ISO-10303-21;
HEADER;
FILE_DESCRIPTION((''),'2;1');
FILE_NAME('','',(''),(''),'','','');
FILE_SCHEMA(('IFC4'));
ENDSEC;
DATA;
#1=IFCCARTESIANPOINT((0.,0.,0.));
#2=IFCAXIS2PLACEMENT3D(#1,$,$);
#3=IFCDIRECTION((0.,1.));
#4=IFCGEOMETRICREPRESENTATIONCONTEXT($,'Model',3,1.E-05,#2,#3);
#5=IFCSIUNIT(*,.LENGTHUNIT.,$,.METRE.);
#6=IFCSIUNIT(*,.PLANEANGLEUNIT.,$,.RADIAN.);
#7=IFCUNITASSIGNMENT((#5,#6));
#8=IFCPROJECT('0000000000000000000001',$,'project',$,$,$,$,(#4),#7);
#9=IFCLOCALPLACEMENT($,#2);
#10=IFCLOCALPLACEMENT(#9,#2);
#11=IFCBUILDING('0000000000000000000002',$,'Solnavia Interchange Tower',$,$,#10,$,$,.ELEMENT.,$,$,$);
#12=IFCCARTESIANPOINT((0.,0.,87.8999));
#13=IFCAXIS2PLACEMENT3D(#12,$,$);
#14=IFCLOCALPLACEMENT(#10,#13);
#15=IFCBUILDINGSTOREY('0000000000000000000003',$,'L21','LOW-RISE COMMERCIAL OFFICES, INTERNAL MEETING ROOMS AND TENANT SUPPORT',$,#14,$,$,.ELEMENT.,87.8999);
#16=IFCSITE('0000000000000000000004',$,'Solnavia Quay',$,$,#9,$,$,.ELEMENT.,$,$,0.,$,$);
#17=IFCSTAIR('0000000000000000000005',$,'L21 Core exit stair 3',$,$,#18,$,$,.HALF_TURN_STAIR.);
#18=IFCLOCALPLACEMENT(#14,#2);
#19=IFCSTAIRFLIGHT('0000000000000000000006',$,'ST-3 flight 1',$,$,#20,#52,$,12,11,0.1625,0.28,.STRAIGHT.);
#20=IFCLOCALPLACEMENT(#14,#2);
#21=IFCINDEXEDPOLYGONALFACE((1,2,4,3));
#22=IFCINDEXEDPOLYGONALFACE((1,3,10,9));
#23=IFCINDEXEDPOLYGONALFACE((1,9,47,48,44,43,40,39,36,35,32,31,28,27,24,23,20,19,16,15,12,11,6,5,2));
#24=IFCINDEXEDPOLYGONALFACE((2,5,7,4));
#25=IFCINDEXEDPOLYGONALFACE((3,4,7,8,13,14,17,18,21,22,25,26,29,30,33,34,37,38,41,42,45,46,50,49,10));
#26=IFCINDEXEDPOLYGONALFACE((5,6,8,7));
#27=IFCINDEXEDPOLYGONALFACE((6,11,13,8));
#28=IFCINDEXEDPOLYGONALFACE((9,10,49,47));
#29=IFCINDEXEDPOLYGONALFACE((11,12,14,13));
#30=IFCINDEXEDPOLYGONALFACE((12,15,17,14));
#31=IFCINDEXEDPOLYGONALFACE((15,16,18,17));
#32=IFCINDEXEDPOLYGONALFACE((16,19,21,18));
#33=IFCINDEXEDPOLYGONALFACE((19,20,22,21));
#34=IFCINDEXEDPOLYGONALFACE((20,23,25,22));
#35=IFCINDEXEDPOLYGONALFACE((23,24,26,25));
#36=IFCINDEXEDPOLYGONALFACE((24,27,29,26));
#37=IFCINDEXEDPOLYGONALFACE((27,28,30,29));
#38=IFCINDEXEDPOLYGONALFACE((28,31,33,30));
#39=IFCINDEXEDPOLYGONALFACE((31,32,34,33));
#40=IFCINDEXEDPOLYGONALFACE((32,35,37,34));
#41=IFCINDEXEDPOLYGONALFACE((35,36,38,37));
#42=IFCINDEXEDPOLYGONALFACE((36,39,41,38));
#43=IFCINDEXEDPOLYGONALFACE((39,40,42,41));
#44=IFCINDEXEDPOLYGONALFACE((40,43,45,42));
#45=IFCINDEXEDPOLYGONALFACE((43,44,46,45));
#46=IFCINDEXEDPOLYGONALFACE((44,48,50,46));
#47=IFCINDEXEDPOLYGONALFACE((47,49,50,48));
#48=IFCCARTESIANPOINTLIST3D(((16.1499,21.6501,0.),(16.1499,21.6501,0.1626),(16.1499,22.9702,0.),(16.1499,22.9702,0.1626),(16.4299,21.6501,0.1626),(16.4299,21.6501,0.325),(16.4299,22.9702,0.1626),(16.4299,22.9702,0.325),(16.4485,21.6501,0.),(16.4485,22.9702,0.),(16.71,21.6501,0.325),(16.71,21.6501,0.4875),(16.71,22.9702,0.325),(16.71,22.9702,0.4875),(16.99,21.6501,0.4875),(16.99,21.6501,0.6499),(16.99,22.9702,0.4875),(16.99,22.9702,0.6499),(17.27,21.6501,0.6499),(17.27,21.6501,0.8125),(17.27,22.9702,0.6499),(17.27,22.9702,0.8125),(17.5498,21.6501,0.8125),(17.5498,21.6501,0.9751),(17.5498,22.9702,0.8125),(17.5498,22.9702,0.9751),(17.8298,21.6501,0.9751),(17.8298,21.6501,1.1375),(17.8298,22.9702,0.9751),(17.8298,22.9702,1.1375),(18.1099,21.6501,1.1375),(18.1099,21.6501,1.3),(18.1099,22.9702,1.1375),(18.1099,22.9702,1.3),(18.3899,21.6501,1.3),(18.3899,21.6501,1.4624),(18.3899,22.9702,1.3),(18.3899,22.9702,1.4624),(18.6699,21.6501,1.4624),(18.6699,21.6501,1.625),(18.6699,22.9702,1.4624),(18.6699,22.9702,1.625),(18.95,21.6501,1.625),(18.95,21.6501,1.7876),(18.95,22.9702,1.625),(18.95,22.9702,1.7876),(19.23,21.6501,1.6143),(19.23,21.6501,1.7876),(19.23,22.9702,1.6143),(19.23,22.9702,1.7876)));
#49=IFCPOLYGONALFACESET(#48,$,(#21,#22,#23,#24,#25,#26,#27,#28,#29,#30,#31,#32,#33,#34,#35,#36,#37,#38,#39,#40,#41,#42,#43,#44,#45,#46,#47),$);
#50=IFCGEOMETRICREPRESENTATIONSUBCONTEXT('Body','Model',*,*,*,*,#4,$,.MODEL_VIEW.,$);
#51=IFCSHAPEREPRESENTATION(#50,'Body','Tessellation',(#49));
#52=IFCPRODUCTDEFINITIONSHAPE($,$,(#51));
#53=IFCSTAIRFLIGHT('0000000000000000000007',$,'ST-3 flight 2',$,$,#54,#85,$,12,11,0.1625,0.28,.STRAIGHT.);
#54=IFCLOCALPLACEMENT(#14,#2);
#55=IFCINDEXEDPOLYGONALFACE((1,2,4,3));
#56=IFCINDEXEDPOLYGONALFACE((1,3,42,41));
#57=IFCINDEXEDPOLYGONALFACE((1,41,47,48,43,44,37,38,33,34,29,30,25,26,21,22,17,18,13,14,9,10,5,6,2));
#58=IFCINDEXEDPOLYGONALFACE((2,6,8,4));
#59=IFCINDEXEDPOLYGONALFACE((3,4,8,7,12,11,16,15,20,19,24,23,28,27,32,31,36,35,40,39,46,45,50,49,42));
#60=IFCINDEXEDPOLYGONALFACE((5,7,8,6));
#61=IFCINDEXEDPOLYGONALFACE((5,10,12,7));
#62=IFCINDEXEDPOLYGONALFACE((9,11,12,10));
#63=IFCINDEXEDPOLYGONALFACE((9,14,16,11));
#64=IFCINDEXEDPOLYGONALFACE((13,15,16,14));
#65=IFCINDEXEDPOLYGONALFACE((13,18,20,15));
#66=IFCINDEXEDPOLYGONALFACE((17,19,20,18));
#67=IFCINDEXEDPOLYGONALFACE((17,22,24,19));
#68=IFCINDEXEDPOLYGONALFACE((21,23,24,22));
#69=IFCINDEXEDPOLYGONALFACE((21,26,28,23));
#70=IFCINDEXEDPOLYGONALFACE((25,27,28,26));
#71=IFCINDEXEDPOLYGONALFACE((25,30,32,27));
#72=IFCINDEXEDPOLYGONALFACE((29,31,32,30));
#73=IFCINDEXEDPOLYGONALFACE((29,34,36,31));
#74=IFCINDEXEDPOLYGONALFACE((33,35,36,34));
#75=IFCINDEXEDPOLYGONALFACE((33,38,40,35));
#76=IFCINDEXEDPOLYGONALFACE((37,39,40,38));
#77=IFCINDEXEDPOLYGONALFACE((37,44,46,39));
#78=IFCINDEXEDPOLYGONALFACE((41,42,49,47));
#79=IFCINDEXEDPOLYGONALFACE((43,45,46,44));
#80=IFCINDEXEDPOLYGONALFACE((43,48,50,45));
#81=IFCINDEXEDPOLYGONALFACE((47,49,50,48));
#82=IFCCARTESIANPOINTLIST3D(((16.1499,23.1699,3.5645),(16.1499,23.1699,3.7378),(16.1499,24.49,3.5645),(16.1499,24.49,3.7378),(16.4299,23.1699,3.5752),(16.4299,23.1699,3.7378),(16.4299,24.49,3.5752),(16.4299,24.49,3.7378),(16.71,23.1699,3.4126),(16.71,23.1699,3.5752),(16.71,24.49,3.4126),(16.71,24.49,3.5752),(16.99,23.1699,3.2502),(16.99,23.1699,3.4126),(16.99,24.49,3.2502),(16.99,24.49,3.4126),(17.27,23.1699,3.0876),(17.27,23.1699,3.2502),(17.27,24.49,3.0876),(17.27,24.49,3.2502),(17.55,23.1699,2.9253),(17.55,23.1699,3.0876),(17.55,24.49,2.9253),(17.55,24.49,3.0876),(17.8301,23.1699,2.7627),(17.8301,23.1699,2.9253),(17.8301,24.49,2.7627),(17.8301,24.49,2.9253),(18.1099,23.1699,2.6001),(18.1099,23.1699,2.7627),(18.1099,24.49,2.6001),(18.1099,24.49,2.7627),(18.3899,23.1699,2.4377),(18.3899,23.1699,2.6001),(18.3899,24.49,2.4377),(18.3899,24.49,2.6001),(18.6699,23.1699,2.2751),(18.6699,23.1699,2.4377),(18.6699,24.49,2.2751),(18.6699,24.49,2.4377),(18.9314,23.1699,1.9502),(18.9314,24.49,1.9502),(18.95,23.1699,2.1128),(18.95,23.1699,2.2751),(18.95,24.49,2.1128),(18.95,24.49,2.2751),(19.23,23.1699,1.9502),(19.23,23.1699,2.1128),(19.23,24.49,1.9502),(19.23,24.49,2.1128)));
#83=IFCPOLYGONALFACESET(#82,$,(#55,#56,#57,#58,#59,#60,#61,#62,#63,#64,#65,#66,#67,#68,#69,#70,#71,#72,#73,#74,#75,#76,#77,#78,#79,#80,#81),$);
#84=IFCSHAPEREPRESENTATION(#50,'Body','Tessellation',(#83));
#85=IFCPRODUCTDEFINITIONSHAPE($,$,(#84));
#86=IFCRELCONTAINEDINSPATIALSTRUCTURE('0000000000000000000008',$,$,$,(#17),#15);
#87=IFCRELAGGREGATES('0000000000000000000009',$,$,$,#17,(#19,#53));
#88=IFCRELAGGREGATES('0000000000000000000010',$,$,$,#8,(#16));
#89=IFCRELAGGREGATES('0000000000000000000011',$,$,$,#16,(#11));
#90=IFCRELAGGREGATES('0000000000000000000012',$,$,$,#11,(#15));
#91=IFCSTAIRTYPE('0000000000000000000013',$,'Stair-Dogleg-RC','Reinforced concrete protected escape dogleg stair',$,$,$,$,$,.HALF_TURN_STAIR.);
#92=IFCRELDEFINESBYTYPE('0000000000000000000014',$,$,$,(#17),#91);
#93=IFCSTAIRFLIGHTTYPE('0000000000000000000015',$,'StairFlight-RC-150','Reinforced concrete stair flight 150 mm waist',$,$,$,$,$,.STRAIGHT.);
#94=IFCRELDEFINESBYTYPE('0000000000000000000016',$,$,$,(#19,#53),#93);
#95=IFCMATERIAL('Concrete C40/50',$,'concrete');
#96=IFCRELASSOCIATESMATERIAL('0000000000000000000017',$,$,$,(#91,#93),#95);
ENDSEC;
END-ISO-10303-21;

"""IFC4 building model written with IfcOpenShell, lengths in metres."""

from ifc_helpers import new_model, si_unit, direction, frame, origin, place, context, subcontext, project, spatial, polyline, outline, extrude, material, type_object, element, aggregate, save


model = new_model("IFC4")

# Units and contexts
model_context = context("Model", 3, precision=1e-05, world=origin(), true_north=direction((0.0, 1.0)))
body_context = subcontext(model_context, "Body", "Model", "MODEL_VIEW")
ifc_project = project(units=[si_unit("LENGTHUNIT", "METRE"), si_unit("PLANEANGLEUNIT", "RADIAN")], contexts=[model_context])

# Site, building, storey
site_placement = place(None, origin())
site = spatial("IfcSite", under=ifc_project, at=site_placement, Name="Solnavia Quay", CompositionType="ELEMENT", RefElevation=0.0)
building_placement = place(site_placement, origin())
building = spatial("IfcBuilding", under=site, at=building_placement, Name="Solnavia Interchange Tower", CompositionType="ELEMENT")
storey_placement = place(building_placement, frame((0.0, 0.0, 87.8999)))
storey = spatial("IfcBuildingStorey", under=building, at=storey_placement, Name="L21", Description="LOW-RISE COMMERCIAL OFFICES, INTERNAL MEETING ROOMS AND TENANT SUPPORT", CompositionType="ELEMENT", Elevation=87.8999)

# Shared definitions
ifc_material_1 = material(Name="Concrete C40/50", Category="concrete")

# Stair, stair flights
stair_type = type_object("IfcStairType", Name="Stair-Dogleg-RC", Description="Reinforced concrete protected escape dogleg stair", PredefinedType="HALF_TURN_STAIR", material=ifc_material_1)
stair_placement = place(storey_placement, origin())
stair = element("IfcStair", 1, at=stair_placement, inside=storey, type_object=stair_type, Name="L21 Core exit stair 3", PredefinedType="HALF_TURN_STAIR")
stair_flight_type = type_object("IfcStairFlightType", Name="StairFlight-RC-150", Description="Reinforced concrete stair flight 150 mm waist", PredefinedType="STRAIGHT", material=ifc_material_1)
stair_flight_1_placement = place(storey_placement, frame((16.1499, 22.3101, 0.0), z_axis=(0.0, 0.0, 1.0), x_axis=(1.0, 0.0, 0.0)))
stair_flight_1 = element("IfcStairFlight", 2, at=stair_flight_1_placement, type_object=stair_flight_type, Name="ST-3 flight 1", NumberOfRisers=12, NumberOfTreads=11, PredefinedType="STRAIGHT", RiserHeight=0.1625, TreadLength=0.28, context=body_context, shape_type="SweptSolid", body=[
    extrude(outline(polyline([(0.0, 0.0), (0.0, 0.1626), (0.28, 0.1626), (0.28, 0.325), (0.5601, 0.325), (0.5601, 0.4875), (0.8401, 0.4875), (0.8401, 0.6499), (1.1201, 0.6499), (1.1201, 0.8125), (1.3999, 0.8125), (1.3999, 0.9751), (1.6799, 0.9751), (1.6799, 1.1375), (1.96, 1.1375), (1.96, 1.3), (2.24, 1.3), (2.24, 1.4624), (2.52, 1.4624), (2.52, 1.625), (2.8, 1.625), (2.8, 1.7876), (3.0801, 1.7876), (3.0801, 1.95), (3.0801, 1.6143), (0.2986, 0.0), (0.0, 0.0)])), frame((0.0, 0.6602, 0.0), z_axis=(0.0, -1.0, 0.0), x_axis=(1.0, 0.0, 0.0)), (0.0, 0.0, 1.0), 1.3201),
])
stair_flight_2_placement = place(storey_placement, frame((19.23, 23.8301, 1.9502), z_axis=(0.0, 0.0, 1.0), x_axis=(-1.0, 0.0, 0.0)))
stair_flight_2 = element("IfcStairFlight", 3, at=stair_flight_2_placement, type_object=stair_flight_type, Name="ST-3 flight 2", NumberOfRisers=12, NumberOfTreads=11, PredefinedType="STRAIGHT", RiserHeight=0.1625, TreadLength=0.28, context=body_context, shape_type="SweptSolid", body=[
    extrude(outline(polyline([(0.0, 0.0), (0.0, 0.1626), (0.28, 0.1626), (0.28, 0.325), (0.5601, 0.325), (0.5601, 0.4875), (0.8401, 0.4875), (0.8401, 0.6499), (1.1201, 0.6499), (1.1201, 0.8125), (1.3999, 0.8125), (1.3999, 0.9751), (1.6799, 0.9751), (1.6799, 1.1375), (1.96, 1.1375), (1.96, 1.3), (2.24, 1.3), (2.24, 1.4624), (2.52, 1.4624), (2.52, 1.625), (2.8, 1.625), (2.8, 1.7876), (3.0801, 1.7876), (3.0801, 1.95), (3.0801, 1.6143), (0.2986, 0.0), (0.0, 0.0)])), frame((0.0, 0.6602, 0.0), z_axis=(0.0, -1.0, 0.0), x_axis=(1.0, 0.0, 0.0)), (0.0, 0.0, 1.0), 1.3201),
])
aggregate(stair, [stair_flight_1, stair_flight_2])

save(model, "model.ifc")
